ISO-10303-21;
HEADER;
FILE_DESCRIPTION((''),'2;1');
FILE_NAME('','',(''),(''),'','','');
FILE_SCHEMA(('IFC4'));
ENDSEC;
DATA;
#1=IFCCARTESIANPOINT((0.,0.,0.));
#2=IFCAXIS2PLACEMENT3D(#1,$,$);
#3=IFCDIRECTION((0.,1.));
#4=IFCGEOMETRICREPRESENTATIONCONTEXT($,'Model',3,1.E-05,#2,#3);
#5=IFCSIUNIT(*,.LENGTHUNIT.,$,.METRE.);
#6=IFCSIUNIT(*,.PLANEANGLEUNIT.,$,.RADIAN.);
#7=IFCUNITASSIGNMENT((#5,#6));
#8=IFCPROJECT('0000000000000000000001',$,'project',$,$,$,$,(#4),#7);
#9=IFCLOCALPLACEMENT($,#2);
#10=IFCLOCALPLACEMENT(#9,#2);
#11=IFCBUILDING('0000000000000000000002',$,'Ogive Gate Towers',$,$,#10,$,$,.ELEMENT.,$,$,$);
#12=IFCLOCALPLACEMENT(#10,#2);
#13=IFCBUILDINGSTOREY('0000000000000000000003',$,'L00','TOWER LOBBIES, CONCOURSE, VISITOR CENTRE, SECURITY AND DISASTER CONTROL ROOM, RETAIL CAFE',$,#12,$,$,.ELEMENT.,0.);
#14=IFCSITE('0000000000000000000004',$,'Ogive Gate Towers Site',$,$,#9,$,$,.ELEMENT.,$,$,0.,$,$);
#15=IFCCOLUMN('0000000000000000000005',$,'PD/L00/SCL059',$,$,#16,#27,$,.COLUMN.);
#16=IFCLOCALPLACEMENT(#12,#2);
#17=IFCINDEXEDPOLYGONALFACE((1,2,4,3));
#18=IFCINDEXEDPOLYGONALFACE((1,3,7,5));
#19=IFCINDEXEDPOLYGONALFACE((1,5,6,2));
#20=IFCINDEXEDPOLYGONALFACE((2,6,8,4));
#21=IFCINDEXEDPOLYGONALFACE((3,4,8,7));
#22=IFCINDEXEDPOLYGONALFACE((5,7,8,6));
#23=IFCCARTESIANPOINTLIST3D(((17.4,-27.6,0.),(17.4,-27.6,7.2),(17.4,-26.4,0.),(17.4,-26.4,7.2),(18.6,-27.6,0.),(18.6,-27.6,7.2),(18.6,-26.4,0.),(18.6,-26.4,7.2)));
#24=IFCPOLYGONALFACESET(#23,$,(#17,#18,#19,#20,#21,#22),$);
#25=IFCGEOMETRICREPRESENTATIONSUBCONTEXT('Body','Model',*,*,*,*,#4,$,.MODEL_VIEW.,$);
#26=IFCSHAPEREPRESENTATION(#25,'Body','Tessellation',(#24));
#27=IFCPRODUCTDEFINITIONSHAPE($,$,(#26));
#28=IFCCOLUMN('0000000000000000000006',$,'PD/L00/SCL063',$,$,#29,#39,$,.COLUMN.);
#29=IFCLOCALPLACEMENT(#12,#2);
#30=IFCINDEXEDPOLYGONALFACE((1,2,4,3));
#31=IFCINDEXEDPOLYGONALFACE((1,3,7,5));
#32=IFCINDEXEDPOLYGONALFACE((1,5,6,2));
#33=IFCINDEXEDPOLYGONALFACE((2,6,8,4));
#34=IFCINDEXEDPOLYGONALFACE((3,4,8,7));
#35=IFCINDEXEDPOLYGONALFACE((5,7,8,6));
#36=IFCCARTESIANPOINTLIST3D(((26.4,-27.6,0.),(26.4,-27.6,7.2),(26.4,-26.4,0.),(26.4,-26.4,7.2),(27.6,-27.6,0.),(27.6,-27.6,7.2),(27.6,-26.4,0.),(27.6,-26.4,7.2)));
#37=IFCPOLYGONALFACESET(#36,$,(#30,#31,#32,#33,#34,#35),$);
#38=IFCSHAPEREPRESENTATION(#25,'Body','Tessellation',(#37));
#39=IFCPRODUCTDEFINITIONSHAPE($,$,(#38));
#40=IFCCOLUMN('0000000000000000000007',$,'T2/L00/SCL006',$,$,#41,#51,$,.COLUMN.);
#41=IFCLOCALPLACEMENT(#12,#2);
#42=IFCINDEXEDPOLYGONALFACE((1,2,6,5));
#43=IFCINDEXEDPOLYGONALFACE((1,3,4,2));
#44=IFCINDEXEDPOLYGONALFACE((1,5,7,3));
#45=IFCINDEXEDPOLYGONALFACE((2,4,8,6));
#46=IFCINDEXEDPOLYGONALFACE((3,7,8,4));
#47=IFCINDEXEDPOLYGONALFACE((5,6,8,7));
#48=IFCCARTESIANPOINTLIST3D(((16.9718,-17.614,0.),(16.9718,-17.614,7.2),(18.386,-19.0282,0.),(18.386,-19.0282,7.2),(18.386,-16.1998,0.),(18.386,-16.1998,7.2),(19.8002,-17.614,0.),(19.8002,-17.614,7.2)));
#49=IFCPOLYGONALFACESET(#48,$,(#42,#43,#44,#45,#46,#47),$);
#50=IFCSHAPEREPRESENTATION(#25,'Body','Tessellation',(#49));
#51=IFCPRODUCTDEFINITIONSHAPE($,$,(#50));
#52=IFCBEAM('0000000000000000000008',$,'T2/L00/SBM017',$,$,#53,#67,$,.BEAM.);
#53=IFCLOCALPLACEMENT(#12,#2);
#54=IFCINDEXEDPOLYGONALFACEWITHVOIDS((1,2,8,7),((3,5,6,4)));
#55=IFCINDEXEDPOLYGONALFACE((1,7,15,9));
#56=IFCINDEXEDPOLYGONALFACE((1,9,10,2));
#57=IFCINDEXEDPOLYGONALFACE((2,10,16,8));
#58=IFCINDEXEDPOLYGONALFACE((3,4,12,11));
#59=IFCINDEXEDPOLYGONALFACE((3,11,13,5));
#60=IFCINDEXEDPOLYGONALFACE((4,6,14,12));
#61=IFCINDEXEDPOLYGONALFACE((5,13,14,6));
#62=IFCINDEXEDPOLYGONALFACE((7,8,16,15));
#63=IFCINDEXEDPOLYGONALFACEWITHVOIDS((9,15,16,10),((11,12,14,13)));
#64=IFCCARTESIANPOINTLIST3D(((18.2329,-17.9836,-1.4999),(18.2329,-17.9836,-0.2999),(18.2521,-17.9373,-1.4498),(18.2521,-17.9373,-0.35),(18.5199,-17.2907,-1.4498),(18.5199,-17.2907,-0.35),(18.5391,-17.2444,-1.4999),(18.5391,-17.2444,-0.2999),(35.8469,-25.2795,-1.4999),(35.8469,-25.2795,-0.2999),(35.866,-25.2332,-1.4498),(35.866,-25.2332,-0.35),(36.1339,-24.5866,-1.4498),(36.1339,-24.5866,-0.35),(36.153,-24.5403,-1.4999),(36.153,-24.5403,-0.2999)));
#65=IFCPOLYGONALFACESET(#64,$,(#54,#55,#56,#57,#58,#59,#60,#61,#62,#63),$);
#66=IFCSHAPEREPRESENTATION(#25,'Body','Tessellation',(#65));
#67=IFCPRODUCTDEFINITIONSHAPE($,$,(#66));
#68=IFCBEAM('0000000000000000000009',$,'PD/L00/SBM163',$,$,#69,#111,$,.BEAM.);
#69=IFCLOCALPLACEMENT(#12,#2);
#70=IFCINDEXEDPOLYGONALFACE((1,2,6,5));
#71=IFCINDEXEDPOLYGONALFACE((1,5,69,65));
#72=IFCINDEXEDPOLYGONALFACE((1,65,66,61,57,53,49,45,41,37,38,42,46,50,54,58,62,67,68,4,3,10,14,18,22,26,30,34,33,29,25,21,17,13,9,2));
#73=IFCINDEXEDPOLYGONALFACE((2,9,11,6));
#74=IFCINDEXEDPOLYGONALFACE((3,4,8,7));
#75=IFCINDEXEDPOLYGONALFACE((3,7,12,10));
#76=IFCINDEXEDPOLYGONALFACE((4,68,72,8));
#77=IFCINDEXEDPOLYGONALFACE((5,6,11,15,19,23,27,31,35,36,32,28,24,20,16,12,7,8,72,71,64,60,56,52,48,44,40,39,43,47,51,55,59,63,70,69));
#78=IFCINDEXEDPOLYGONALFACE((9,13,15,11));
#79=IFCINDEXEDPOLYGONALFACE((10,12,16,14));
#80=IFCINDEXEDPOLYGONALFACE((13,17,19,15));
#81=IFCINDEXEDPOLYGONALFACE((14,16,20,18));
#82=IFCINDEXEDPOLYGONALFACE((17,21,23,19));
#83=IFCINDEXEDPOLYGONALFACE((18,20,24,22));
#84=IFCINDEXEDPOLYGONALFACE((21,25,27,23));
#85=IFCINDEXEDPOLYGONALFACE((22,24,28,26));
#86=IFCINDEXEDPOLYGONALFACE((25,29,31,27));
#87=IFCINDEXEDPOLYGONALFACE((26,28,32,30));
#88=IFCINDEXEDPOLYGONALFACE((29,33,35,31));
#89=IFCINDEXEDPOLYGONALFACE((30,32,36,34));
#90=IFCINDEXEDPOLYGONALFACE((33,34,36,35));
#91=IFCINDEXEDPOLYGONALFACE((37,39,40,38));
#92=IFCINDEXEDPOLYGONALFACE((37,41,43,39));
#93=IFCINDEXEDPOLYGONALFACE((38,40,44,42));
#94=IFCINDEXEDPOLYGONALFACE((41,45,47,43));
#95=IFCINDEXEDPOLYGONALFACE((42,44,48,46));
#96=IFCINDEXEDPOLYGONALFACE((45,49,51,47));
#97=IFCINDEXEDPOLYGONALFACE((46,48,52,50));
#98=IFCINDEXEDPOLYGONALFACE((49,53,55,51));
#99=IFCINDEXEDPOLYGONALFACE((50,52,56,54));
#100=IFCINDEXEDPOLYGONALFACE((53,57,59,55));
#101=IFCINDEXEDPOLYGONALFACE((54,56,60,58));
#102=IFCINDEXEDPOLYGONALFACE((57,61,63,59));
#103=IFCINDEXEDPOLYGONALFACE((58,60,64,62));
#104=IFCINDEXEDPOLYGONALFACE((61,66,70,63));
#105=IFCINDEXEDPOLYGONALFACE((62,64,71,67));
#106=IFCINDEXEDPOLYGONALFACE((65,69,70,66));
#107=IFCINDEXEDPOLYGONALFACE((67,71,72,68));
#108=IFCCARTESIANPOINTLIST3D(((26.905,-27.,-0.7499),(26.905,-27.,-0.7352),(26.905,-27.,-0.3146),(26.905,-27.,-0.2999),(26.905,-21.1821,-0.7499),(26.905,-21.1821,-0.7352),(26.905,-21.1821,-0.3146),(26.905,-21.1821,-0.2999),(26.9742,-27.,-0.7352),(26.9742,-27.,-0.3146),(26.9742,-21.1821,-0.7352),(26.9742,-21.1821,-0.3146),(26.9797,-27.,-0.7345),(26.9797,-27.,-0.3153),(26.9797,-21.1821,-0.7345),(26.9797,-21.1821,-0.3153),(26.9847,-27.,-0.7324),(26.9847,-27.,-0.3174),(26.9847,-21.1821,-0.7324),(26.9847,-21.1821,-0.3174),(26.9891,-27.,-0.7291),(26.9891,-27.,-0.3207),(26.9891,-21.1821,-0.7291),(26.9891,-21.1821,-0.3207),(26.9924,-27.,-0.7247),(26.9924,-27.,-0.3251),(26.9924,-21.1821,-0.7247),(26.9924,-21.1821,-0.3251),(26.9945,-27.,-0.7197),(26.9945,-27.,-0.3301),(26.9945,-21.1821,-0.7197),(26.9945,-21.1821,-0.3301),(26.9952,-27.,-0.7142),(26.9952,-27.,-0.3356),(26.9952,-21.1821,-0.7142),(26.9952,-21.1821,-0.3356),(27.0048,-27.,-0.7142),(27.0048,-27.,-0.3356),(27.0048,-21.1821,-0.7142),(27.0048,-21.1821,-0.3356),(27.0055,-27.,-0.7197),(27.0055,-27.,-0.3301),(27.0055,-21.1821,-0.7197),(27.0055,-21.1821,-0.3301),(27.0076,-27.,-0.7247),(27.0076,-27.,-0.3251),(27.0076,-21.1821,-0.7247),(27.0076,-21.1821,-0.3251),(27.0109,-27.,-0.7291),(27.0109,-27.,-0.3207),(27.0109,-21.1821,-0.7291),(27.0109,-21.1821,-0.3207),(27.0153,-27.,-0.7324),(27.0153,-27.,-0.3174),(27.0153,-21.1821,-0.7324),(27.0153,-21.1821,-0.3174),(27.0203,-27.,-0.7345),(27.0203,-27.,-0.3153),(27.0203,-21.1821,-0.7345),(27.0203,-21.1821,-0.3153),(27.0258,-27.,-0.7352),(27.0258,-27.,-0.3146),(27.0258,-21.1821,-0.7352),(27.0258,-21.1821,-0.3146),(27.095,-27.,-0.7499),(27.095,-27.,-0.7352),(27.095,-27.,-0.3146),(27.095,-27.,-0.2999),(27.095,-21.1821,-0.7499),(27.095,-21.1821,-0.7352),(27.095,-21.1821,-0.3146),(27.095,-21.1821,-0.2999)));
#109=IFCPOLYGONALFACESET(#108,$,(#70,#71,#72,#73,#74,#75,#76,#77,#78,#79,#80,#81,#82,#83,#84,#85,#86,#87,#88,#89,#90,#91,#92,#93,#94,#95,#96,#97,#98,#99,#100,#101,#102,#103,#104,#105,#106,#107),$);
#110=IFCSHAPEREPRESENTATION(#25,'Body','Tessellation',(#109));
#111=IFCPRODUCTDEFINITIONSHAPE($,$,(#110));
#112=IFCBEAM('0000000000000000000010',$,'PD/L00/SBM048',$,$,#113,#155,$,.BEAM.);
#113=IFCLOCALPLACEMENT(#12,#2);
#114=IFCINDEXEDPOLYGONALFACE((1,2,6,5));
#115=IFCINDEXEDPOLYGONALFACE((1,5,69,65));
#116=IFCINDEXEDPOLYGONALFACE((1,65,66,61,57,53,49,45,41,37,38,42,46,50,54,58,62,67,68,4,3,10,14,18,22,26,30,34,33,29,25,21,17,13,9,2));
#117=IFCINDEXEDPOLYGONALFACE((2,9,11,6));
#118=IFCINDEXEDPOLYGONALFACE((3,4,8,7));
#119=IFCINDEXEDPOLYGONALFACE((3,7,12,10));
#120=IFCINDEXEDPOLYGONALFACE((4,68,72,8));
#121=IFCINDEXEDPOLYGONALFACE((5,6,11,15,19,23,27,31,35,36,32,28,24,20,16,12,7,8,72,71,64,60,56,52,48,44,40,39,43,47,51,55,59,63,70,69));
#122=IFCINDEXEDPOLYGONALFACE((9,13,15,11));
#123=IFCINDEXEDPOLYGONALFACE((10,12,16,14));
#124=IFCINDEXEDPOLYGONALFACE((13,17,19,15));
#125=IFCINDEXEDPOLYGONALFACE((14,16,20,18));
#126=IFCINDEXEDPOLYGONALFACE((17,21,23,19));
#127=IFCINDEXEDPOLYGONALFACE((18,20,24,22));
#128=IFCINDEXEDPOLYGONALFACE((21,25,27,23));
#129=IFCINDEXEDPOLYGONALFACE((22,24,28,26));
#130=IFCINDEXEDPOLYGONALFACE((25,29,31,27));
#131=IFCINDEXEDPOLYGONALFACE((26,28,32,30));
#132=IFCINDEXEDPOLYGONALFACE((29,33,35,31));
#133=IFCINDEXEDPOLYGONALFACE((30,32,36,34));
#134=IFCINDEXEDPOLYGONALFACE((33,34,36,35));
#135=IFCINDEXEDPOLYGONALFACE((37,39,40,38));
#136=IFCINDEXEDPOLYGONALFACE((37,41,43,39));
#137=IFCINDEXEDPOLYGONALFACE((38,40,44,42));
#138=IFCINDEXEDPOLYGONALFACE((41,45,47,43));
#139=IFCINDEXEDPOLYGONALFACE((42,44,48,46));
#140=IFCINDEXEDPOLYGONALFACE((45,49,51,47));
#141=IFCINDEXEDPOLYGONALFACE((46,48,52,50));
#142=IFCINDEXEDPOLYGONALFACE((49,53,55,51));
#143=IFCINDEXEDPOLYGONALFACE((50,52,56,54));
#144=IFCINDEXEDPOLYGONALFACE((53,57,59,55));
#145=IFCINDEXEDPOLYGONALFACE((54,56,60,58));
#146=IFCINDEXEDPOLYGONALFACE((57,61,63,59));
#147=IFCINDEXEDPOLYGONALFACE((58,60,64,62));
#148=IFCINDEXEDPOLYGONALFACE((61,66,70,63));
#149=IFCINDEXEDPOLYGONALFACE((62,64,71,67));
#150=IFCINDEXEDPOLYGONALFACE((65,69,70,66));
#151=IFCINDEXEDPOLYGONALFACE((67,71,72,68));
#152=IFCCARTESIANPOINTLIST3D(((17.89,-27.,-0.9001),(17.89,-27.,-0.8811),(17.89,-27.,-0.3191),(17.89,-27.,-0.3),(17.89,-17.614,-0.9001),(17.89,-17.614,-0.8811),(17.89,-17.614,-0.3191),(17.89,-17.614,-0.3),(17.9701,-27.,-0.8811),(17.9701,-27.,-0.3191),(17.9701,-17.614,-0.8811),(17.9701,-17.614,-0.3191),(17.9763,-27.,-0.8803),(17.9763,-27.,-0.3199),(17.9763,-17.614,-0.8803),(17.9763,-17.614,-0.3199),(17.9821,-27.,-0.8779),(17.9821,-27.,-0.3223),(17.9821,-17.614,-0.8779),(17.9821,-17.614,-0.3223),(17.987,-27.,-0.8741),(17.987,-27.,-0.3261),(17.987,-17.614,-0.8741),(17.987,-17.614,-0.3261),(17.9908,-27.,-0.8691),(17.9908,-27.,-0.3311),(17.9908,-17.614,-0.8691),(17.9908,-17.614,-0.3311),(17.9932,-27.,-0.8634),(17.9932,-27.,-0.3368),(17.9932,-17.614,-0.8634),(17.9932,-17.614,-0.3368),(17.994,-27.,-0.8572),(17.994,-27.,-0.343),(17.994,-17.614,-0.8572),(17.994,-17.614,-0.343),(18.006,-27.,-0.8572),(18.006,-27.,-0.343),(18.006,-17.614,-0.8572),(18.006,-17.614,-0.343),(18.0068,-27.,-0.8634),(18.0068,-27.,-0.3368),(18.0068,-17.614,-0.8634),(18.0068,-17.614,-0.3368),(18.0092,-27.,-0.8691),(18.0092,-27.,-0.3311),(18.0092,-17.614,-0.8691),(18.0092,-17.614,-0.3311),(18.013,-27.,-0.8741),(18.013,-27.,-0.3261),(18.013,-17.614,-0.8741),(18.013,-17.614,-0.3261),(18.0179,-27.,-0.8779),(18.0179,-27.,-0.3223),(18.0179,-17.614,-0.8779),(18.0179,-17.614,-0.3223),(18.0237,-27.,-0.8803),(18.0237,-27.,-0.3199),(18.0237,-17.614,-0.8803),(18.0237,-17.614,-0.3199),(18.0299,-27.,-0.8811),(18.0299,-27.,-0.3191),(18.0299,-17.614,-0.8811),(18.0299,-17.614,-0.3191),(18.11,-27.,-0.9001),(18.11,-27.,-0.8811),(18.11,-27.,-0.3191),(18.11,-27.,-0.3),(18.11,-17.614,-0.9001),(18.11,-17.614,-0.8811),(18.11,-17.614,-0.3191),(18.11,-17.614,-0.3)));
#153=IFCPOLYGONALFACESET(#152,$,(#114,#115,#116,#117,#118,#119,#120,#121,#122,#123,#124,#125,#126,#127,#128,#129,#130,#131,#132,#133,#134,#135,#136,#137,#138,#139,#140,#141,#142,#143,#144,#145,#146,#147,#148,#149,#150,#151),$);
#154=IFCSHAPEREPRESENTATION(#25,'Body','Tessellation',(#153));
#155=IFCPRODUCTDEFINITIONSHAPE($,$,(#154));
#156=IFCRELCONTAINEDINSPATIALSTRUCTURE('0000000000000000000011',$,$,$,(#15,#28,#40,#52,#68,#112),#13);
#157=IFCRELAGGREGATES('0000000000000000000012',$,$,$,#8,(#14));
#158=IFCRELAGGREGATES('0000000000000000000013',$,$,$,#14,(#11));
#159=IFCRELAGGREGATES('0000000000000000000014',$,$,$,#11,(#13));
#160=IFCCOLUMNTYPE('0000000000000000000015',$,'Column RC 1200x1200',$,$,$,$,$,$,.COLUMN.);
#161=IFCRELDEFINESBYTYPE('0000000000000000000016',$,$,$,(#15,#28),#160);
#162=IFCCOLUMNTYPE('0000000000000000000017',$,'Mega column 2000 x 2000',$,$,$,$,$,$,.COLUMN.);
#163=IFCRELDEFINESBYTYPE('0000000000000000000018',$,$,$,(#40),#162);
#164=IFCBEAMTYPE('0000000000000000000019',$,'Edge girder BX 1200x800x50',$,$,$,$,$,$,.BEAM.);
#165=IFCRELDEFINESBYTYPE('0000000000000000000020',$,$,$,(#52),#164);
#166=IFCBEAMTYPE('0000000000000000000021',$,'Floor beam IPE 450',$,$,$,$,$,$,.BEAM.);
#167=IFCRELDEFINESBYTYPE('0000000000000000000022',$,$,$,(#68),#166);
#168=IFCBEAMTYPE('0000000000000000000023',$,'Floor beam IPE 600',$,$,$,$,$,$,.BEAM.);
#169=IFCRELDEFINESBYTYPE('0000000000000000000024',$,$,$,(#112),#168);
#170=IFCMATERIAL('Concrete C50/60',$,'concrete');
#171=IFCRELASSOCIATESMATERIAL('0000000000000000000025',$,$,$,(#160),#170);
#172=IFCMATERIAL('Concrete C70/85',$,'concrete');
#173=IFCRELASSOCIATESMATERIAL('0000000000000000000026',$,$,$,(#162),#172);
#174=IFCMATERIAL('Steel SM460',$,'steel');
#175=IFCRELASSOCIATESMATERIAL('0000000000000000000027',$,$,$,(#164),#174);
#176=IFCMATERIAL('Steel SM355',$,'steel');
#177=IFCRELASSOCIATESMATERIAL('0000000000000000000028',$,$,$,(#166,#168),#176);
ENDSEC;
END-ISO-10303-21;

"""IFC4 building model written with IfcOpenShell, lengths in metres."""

from ifc_helpers import new_model, si_unit, direction, frame, origin, origin_2d, place, context, subcontext, project, spatial, rectangle, hollow_rectangle, i_section, extrude, material, material_profile, profile_set, type_object, element, save


model = new_model("IFC4")

# Units and contexts
model_context = context("Model", 3, precision=1e-05, world=origin(), true_north=direction((0.0, 1.0)))
body_context = subcontext(model_context, "Body", "Model", "MODEL_VIEW")
ifc_project = project(units=[si_unit("LENGTHUNIT", "METRE"), si_unit("PLANEANGLEUNIT", "RADIAN")], contexts=[model_context])

# Site, building, storey
site_placement = place(None, origin())
site = spatial("IfcSite", under=ifc_project, at=site_placement, Name="Ogive Gate Towers Site", CompositionType="ELEMENT", RefElevation=0.0)
building_placement = place(site_placement, origin())
building = spatial("IfcBuilding", under=site, at=building_placement, Name="Ogive Gate Towers", CompositionType="ELEMENT")
storey_placement = place(building_placement, origin())
storey = spatial("IfcBuildingStorey", under=building, at=storey_placement, Name="L00", Description="TOWER LOBBIES, CONCOURSE, VISITOR CENTRE, SECURITY AND DISASTER CONTROL ROOM, RETAIL CAFE", CompositionType="ELEMENT", Elevation=0.0)

# Columns
ifc_material_1 = material(Name="Concrete C50/60", Category="concrete")
ifc_material_profile_1 = material_profile(ifc_material_1, rectangle(XDim=1.2, YDim=1.2, at=origin_2d()), Name="RC 1200x1200")
ifc_profile_set_1 = profile_set([ifc_material_profile_1], Name="Concrete C50/60")
column_type_1 = type_object("IfcColumnType", Name="Column RC 1200x1200", PredefinedType="COLUMN", material=ifc_profile_set_1)
for number, where, z_axis, x_axis, name in (
    (1, (18.0, -27.0, 0.0), (0.0, 0.0, 1.0), (1.0, 0.0, 0.0), "PD/L00/SCL059"),
    (2, (27.0, -27.0, 0.0), (0.0, 0.0, 1.0), (1.0, 0.0, 0.0), "PD/L00/SCL063"),
):
    element("IfcColumn", number, at=place(storey_placement, frame(where, z_axis=z_axis, x_axis=x_axis)), inside=storey, type_object=column_type_1, Name=name, PredefinedType="COLUMN", context=body_context, shape_type="SweptSolid", body=[
        extrude(rectangle(XDim=1.2, YDim=1.2, at=origin_2d()), origin(), (0.0, 0.0, 1.0), 7.2),
    ])
ifc_material_2 = material(Name="Concrete C70/85", Category="concrete")
ifc_material_profile_2 = material_profile(ifc_material_2, rectangle(XDim=2.0, YDim=2.0, at=origin_2d()), Name="RC 2000x2000")
ifc_profile_set_2 = profile_set([ifc_material_profile_2], Name="Concrete C70/85")
column_type_2 = type_object("IfcColumnType", Name="Mega column 2000 x 2000", PredefinedType="COLUMN", material=ifc_profile_set_2)
column_placement = place(storey_placement, frame((18.386, -17.614, 0.0), z_axis=(0.0, 0.0, 1.0), x_axis=(-0.707107, -0.707107, 0.0)))
element("IfcColumn", 3, at=column_placement, inside=storey, type_object=column_type_2, Name="T2/L00/SCL006", PredefinedType="COLUMN", context=body_context, shape_type="SweptSolid", body=[
    extrude(rectangle(XDim=2.0, YDim=2.0, at=origin_2d()), origin(), (0.0, 0.0, 1.0), 7.2),
])

# Beams
ifc_material_3 = material(Name="Steel SM460", Category="steel")
ifc_material_profile_3 = material_profile(ifc_material_3, hollow_rectangle(XDim=0.8, YDim=1.2, WallThickness=0.05, at=origin_2d()), Name="BX 1200x800x50")
ifc_profile_set_3 = profile_set([ifc_material_profile_3], Name="Steel SM460")
beam_type_1 = type_object("IfcBeamType", Name="Edge girder BX 1200x800x50", PredefinedType="BEAM", material=ifc_profile_set_3)
beam_1_placement = place(storey_placement, frame((18.386, -17.614, -0.8999), z_axis=(0.923881, -0.382681, 0.0), x_axis=(0.382681, 0.923881, 0.0)))
element("IfcBeam", 4, at=beam_1_placement, inside=storey, type_object=beam_type_1, Name="T2/L00/SBM017", PredefinedType="BEAM", context=body_context, shape_type="SweptSolid", body=[
    extrude(hollow_rectangle(XDim=0.8, YDim=1.2, WallThickness=0.05, at=origin_2d()), origin(), (0.0, 0.0, 1.0), 19.0652),
])
ifc_material_4 = material(Name="Steel SM355", Category="steel")
ifc_material_profile_4 = material_profile(ifc_material_4, i_section(OverallWidth=0.1899, OverallDepth=0.45, WebThickness=0.0095, FlangeThickness=0.0146, FilletRadius=0.021, at=origin_2d()), Name="IPE 450")
ifc_profile_set_4 = profile_set([ifc_material_profile_4], Name="Steel SM355")
beam_type_2 = type_object("IfcBeamType", Name="Floor beam IPE 450", PredefinedType="BEAM", material=ifc_profile_set_4)
beam_2_placement = place(storey_placement, frame((27.0, -27.0, -0.5249), z_axis=(0.0, 1.0, 0.0), x_axis=(-1.0, 0.0, 0.0)))
element("IfcBeam", 5, at=beam_2_placement, inside=storey, type_object=beam_type_2, Name="PD/L00/SBM163", PredefinedType="BEAM", context=body_context, shape_type="SweptSolid", body=[
    extrude(i_section(OverallWidth=0.1899, OverallDepth=0.45, WebThickness=0.0095, FlangeThickness=0.0146, FilletRadius=0.021, at=origin_2d()), origin(), (0.0, 0.0, 1.0), 5.8179),
])
ifc_material_profile_5 = material_profile(ifc_material_4, i_section(OverallWidth=0.22, OverallDepth=0.6001, WebThickness=0.012, FlangeThickness=0.019, FilletRadius=0.0239, at=origin_2d()), Name="IPE 600")
ifc_profile_set_5 = profile_set([ifc_material_profile_5], Name="Steel SM355")
beam_type_3 = type_object("IfcBeamType", Name="Floor beam IPE 600", PredefinedType="BEAM", material=ifc_profile_set_5)
beam_3_placement = place(storey_placement, frame((18.0, -27.0, -0.6001), z_axis=(0.0, 1.0, 0.0), x_axis=(-1.0, 0.0, 0.0)))
element("IfcBeam", 6, at=beam_3_placement, inside=storey, type_object=beam_type_3, Name="PD/L00/SBM048", PredefinedType="BEAM", context=body_context, shape_type="SweptSolid", body=[
    extrude(i_section(OverallWidth=0.22, OverallDepth=0.6001, WebThickness=0.012, FlangeThickness=0.019, FilletRadius=0.0239, at=origin_2d()), origin(), (0.0, 0.0, 1.0), 9.386),
])

save(model, "model.ifc")
